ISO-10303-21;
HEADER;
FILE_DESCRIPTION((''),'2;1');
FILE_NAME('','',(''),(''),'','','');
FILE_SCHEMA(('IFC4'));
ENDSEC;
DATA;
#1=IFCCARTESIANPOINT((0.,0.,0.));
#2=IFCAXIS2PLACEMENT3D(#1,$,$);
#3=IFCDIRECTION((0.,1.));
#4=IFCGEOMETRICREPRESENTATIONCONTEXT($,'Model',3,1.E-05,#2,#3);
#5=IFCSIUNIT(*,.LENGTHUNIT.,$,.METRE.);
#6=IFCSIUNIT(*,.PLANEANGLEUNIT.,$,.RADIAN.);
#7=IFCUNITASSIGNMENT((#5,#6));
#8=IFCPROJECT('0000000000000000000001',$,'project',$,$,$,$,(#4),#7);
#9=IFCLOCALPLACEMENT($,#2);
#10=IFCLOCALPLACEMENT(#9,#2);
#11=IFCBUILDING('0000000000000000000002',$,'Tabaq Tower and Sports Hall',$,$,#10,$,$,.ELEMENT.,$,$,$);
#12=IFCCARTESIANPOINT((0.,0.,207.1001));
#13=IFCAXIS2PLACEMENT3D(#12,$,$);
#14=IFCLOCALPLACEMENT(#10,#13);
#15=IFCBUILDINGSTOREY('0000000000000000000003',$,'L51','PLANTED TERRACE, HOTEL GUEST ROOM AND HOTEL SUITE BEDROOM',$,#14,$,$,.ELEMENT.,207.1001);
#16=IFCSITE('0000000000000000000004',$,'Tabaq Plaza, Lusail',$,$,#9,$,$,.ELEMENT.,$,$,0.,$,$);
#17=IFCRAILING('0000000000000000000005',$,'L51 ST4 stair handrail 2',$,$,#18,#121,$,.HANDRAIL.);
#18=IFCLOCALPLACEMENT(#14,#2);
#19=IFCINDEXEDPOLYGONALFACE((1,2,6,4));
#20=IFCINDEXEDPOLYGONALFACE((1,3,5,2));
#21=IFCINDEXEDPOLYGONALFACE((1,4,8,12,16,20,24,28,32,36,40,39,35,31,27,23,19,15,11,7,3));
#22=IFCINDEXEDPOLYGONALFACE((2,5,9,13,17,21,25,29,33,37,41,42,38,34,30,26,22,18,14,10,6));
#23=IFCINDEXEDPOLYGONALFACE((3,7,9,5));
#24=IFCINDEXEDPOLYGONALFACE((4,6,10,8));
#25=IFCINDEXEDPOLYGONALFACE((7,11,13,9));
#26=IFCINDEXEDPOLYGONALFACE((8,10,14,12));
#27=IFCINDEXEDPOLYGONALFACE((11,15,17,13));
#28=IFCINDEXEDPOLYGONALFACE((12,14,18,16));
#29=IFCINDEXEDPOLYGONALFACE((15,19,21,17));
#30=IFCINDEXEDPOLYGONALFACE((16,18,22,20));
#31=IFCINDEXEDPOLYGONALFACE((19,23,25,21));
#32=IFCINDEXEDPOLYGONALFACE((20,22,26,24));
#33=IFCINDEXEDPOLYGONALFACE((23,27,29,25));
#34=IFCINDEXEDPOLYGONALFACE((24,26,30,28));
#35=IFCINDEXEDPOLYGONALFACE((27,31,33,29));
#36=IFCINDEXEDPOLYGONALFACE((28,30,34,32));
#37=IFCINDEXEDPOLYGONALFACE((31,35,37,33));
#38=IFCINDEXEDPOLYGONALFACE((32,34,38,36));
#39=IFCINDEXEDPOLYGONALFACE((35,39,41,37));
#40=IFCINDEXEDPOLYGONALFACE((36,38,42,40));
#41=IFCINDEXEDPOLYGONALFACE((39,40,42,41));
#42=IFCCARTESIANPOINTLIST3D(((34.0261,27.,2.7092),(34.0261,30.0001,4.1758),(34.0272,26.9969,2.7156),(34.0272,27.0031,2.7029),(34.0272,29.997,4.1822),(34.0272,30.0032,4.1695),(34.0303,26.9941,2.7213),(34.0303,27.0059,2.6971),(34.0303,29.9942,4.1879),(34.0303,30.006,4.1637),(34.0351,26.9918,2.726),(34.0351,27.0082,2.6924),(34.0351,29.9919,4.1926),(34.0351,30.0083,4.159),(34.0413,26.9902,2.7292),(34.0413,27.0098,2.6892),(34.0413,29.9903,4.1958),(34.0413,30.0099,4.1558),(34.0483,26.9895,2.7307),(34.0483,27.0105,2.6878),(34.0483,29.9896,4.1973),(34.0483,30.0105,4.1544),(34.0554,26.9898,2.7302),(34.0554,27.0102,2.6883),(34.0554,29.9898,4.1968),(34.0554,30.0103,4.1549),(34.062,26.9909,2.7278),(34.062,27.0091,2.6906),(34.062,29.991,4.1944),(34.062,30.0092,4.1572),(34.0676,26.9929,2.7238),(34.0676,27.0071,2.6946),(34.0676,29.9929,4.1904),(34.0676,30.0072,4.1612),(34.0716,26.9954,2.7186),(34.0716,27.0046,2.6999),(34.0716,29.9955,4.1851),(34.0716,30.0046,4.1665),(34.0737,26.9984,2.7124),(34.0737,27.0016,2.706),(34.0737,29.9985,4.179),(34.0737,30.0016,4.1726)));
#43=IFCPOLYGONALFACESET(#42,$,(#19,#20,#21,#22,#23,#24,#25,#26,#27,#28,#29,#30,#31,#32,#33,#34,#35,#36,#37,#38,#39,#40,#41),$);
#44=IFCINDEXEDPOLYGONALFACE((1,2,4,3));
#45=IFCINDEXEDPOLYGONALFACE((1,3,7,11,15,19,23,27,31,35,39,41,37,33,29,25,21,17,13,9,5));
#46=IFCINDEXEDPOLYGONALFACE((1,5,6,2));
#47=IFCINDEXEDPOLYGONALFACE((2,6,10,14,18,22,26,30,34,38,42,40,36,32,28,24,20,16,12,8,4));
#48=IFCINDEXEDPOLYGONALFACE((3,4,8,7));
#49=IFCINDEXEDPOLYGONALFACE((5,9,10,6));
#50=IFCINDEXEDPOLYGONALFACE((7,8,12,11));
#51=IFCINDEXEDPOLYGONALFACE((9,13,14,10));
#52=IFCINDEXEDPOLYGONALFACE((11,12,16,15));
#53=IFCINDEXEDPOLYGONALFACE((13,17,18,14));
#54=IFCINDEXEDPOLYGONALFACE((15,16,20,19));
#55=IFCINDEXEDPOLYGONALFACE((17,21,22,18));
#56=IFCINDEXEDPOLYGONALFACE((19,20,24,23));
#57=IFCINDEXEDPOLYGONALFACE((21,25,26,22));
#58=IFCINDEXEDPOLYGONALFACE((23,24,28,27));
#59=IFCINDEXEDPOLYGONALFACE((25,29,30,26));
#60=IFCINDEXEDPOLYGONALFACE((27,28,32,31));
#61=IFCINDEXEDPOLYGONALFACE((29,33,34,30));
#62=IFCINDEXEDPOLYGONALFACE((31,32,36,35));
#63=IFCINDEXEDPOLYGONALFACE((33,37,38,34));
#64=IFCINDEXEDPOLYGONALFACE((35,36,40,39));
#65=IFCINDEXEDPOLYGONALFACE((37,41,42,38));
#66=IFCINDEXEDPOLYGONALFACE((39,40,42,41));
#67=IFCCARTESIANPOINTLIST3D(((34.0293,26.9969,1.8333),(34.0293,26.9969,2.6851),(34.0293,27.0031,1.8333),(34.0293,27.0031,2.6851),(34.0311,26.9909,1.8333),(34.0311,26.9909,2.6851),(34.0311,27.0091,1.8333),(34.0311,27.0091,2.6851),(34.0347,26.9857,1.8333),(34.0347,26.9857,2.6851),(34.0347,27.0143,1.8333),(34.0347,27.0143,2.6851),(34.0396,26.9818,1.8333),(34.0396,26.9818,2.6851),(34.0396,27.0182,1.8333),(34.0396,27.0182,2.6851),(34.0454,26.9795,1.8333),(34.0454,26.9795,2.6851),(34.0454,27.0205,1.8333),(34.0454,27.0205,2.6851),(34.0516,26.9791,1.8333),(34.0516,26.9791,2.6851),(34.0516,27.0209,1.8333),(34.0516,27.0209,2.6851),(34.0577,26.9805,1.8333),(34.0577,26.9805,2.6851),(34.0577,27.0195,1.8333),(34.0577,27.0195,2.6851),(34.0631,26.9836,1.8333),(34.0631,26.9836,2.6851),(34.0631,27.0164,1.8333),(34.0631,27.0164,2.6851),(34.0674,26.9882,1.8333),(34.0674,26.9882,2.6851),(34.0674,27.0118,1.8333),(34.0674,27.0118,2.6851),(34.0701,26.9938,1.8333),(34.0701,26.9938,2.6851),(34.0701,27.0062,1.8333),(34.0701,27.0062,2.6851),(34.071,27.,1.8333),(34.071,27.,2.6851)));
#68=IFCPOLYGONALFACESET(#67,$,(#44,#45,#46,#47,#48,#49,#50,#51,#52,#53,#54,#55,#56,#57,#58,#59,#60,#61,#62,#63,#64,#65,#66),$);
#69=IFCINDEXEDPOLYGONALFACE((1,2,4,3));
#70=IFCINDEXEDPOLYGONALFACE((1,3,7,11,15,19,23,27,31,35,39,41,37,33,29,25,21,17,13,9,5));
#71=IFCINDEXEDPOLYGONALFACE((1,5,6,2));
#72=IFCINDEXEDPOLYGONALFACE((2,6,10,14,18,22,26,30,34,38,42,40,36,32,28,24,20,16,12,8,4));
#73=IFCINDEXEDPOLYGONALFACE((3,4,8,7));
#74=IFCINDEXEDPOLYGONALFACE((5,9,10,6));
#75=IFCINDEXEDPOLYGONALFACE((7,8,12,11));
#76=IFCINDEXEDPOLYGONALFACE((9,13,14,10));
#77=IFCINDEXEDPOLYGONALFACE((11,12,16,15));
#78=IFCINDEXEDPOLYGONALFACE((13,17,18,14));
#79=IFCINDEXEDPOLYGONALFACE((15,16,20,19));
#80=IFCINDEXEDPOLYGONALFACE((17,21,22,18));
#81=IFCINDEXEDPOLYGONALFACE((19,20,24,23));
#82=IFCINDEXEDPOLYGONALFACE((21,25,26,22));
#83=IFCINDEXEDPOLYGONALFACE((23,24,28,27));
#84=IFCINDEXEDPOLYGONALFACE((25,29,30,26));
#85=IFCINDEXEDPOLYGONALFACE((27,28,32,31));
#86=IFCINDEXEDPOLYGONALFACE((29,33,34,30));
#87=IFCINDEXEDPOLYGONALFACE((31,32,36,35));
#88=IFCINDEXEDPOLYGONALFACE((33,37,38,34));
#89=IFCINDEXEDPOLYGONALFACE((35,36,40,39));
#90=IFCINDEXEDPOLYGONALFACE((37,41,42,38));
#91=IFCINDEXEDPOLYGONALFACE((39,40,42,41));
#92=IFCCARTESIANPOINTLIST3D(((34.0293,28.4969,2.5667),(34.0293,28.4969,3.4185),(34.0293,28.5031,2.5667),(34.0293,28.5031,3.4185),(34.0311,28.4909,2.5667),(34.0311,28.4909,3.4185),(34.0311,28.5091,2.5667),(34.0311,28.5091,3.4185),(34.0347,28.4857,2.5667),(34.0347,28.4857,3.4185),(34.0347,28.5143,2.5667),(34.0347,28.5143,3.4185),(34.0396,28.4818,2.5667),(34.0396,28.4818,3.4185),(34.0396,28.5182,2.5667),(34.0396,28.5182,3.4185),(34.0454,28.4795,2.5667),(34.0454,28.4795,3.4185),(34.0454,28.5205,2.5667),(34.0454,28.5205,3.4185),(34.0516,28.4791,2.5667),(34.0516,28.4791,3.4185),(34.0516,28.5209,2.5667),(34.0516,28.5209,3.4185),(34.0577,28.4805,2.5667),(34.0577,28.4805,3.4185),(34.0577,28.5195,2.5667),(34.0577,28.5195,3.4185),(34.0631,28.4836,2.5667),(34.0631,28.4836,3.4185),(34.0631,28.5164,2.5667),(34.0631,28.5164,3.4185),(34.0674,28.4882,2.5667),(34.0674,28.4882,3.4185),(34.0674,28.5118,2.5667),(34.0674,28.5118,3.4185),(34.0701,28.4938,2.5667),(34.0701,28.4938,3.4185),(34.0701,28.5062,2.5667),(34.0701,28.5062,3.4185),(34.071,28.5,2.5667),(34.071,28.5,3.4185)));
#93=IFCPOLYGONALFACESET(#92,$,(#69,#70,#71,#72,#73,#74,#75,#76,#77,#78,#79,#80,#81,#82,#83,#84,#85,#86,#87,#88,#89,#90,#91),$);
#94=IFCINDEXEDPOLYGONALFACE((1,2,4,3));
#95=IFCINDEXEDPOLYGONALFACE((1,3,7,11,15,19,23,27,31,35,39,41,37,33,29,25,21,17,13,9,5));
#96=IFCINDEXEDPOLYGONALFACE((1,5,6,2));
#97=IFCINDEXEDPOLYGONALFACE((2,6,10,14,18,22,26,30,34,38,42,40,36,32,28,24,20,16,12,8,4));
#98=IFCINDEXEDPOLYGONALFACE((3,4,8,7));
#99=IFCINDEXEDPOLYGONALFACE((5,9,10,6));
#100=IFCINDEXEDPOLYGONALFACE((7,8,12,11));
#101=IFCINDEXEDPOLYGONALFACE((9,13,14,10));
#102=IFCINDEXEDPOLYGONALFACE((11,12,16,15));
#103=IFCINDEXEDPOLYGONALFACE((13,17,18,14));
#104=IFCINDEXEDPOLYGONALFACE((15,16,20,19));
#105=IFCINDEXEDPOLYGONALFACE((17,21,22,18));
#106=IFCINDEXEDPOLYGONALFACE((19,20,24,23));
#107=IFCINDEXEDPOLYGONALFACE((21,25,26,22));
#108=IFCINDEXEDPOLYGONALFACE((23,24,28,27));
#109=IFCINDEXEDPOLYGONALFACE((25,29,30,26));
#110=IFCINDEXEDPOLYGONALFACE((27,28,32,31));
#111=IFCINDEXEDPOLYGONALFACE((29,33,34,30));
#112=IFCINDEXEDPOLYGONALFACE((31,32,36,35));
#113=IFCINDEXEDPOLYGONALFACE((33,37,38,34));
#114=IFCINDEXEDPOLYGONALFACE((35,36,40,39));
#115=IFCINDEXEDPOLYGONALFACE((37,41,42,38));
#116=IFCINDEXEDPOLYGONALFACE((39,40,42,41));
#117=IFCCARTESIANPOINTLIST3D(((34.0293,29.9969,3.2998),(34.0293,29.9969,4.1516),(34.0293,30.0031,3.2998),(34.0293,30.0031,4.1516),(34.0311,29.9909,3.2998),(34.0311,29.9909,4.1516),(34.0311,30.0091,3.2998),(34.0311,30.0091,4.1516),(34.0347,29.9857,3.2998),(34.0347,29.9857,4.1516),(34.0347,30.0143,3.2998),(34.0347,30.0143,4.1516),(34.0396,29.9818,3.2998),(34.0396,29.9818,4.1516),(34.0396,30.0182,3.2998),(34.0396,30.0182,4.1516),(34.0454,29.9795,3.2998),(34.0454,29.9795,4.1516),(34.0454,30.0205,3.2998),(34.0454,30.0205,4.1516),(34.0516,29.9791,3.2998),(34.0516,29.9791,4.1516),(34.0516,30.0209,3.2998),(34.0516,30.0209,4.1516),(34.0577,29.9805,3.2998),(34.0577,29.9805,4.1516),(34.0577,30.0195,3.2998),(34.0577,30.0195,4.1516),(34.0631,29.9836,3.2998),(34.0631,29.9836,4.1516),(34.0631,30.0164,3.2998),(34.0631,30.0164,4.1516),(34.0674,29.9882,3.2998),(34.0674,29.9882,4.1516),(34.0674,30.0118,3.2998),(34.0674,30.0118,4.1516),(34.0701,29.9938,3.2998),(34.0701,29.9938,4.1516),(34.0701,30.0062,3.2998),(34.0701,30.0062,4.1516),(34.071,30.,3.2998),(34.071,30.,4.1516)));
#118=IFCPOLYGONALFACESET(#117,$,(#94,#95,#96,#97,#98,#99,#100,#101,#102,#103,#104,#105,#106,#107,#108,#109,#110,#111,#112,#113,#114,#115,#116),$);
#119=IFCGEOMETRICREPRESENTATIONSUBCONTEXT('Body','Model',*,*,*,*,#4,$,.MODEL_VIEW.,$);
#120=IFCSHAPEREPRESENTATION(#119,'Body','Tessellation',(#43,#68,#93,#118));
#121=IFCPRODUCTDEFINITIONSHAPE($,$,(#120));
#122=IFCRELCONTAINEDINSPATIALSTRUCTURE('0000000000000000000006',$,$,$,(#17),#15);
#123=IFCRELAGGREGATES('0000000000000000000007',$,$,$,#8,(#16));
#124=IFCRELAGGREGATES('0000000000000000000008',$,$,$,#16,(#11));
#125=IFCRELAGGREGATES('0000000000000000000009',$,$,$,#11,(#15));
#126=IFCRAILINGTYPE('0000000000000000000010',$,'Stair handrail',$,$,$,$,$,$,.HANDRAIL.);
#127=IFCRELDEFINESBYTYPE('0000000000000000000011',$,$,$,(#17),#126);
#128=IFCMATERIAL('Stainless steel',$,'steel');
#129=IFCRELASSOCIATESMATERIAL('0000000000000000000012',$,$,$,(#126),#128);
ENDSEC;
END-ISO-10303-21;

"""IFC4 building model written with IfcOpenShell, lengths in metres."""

from ifc_helpers import new_model, si_unit, direction, frame, origin, origin_2d, place, context, subcontext, project, spatial, circle, extrude, material, type_object, element, save


model = new_model("IFC4")

# Units and contexts
model_context = context("Model", 3, precision=1e-05, world=origin(), true_north=direction((0.0, 1.0)))
body_context = subcontext(model_context, "Body", "Model", "MODEL_VIEW")
ifc_project = project(units=[si_unit("LENGTHUNIT", "METRE"), si_unit("PLANEANGLEUNIT", "RADIAN")], contexts=[model_context])

# Site, building, storey
site_placement = place(None, origin())
site = spatial("IfcSite", under=ifc_project, at=site_placement, Name="Tabaq Plaza, Lusail", CompositionType="ELEMENT", RefElevation=0.0)
building_placement = place(site_placement, origin())
building = spatial("IfcBuilding", under=site, at=building_placement, Name="Tabaq Tower and Sports Hall", CompositionType="ELEMENT")
storey_placement = place(building_placement, frame((0.0, 0.0, 207.1001)))
storey = spatial("IfcBuildingStorey", under=building, at=storey_placement, Name="L51", Description="PLANTED TERRACE, HOTEL GUEST ROOM AND HOTEL SUITE BEDROOM", CompositionType="ELEMENT", Elevation=207.1001)

# Railing
ifc_material_1 = material(Name="Stainless steel", Category="steel")
railing_type_1 = type_object("IfcRailingType", Name="Stair handrail", PredefinedType="HANDRAIL", material=ifc_material_1)
railing_1_placement = place(storey_placement, frame((34.05, 27.0, 1.8333)))
element("IfcRailing", 1, at=railing_1_placement, inside=storey, type_object=railing_type_1, Name="L51 ST4 stair handrail 2", PredefinedType="HANDRAIL", context=body_context, shape_type="SweptSolid", body=[
    extrude(circle(Radius=0.0239, at=origin_2d()), frame((0.0, 0.0, 0.876), z_axis=(0.0, 0.898398, 0.439183), x_axis=(-1.0, 0.0, 0.0)), (0.0, 0.0, 1.0), 3.3394),
    extrude(circle(Radius=0.021, at=origin_2d()), origin(), (0.0, 0.0, 1.0), 0.8518),
    extrude(circle(Radius=0.021, at=origin_2d()), frame((0.0, 1.5, 0.7334)), (0.0, 0.0, 1.0), 0.8518),
    extrude(circle(Radius=0.021, at=origin_2d()), frame((0.0, 3.0, 1.4666)), (0.0, 0.0, 1.0), 0.8518),
])

save(model, "model.ifc")
